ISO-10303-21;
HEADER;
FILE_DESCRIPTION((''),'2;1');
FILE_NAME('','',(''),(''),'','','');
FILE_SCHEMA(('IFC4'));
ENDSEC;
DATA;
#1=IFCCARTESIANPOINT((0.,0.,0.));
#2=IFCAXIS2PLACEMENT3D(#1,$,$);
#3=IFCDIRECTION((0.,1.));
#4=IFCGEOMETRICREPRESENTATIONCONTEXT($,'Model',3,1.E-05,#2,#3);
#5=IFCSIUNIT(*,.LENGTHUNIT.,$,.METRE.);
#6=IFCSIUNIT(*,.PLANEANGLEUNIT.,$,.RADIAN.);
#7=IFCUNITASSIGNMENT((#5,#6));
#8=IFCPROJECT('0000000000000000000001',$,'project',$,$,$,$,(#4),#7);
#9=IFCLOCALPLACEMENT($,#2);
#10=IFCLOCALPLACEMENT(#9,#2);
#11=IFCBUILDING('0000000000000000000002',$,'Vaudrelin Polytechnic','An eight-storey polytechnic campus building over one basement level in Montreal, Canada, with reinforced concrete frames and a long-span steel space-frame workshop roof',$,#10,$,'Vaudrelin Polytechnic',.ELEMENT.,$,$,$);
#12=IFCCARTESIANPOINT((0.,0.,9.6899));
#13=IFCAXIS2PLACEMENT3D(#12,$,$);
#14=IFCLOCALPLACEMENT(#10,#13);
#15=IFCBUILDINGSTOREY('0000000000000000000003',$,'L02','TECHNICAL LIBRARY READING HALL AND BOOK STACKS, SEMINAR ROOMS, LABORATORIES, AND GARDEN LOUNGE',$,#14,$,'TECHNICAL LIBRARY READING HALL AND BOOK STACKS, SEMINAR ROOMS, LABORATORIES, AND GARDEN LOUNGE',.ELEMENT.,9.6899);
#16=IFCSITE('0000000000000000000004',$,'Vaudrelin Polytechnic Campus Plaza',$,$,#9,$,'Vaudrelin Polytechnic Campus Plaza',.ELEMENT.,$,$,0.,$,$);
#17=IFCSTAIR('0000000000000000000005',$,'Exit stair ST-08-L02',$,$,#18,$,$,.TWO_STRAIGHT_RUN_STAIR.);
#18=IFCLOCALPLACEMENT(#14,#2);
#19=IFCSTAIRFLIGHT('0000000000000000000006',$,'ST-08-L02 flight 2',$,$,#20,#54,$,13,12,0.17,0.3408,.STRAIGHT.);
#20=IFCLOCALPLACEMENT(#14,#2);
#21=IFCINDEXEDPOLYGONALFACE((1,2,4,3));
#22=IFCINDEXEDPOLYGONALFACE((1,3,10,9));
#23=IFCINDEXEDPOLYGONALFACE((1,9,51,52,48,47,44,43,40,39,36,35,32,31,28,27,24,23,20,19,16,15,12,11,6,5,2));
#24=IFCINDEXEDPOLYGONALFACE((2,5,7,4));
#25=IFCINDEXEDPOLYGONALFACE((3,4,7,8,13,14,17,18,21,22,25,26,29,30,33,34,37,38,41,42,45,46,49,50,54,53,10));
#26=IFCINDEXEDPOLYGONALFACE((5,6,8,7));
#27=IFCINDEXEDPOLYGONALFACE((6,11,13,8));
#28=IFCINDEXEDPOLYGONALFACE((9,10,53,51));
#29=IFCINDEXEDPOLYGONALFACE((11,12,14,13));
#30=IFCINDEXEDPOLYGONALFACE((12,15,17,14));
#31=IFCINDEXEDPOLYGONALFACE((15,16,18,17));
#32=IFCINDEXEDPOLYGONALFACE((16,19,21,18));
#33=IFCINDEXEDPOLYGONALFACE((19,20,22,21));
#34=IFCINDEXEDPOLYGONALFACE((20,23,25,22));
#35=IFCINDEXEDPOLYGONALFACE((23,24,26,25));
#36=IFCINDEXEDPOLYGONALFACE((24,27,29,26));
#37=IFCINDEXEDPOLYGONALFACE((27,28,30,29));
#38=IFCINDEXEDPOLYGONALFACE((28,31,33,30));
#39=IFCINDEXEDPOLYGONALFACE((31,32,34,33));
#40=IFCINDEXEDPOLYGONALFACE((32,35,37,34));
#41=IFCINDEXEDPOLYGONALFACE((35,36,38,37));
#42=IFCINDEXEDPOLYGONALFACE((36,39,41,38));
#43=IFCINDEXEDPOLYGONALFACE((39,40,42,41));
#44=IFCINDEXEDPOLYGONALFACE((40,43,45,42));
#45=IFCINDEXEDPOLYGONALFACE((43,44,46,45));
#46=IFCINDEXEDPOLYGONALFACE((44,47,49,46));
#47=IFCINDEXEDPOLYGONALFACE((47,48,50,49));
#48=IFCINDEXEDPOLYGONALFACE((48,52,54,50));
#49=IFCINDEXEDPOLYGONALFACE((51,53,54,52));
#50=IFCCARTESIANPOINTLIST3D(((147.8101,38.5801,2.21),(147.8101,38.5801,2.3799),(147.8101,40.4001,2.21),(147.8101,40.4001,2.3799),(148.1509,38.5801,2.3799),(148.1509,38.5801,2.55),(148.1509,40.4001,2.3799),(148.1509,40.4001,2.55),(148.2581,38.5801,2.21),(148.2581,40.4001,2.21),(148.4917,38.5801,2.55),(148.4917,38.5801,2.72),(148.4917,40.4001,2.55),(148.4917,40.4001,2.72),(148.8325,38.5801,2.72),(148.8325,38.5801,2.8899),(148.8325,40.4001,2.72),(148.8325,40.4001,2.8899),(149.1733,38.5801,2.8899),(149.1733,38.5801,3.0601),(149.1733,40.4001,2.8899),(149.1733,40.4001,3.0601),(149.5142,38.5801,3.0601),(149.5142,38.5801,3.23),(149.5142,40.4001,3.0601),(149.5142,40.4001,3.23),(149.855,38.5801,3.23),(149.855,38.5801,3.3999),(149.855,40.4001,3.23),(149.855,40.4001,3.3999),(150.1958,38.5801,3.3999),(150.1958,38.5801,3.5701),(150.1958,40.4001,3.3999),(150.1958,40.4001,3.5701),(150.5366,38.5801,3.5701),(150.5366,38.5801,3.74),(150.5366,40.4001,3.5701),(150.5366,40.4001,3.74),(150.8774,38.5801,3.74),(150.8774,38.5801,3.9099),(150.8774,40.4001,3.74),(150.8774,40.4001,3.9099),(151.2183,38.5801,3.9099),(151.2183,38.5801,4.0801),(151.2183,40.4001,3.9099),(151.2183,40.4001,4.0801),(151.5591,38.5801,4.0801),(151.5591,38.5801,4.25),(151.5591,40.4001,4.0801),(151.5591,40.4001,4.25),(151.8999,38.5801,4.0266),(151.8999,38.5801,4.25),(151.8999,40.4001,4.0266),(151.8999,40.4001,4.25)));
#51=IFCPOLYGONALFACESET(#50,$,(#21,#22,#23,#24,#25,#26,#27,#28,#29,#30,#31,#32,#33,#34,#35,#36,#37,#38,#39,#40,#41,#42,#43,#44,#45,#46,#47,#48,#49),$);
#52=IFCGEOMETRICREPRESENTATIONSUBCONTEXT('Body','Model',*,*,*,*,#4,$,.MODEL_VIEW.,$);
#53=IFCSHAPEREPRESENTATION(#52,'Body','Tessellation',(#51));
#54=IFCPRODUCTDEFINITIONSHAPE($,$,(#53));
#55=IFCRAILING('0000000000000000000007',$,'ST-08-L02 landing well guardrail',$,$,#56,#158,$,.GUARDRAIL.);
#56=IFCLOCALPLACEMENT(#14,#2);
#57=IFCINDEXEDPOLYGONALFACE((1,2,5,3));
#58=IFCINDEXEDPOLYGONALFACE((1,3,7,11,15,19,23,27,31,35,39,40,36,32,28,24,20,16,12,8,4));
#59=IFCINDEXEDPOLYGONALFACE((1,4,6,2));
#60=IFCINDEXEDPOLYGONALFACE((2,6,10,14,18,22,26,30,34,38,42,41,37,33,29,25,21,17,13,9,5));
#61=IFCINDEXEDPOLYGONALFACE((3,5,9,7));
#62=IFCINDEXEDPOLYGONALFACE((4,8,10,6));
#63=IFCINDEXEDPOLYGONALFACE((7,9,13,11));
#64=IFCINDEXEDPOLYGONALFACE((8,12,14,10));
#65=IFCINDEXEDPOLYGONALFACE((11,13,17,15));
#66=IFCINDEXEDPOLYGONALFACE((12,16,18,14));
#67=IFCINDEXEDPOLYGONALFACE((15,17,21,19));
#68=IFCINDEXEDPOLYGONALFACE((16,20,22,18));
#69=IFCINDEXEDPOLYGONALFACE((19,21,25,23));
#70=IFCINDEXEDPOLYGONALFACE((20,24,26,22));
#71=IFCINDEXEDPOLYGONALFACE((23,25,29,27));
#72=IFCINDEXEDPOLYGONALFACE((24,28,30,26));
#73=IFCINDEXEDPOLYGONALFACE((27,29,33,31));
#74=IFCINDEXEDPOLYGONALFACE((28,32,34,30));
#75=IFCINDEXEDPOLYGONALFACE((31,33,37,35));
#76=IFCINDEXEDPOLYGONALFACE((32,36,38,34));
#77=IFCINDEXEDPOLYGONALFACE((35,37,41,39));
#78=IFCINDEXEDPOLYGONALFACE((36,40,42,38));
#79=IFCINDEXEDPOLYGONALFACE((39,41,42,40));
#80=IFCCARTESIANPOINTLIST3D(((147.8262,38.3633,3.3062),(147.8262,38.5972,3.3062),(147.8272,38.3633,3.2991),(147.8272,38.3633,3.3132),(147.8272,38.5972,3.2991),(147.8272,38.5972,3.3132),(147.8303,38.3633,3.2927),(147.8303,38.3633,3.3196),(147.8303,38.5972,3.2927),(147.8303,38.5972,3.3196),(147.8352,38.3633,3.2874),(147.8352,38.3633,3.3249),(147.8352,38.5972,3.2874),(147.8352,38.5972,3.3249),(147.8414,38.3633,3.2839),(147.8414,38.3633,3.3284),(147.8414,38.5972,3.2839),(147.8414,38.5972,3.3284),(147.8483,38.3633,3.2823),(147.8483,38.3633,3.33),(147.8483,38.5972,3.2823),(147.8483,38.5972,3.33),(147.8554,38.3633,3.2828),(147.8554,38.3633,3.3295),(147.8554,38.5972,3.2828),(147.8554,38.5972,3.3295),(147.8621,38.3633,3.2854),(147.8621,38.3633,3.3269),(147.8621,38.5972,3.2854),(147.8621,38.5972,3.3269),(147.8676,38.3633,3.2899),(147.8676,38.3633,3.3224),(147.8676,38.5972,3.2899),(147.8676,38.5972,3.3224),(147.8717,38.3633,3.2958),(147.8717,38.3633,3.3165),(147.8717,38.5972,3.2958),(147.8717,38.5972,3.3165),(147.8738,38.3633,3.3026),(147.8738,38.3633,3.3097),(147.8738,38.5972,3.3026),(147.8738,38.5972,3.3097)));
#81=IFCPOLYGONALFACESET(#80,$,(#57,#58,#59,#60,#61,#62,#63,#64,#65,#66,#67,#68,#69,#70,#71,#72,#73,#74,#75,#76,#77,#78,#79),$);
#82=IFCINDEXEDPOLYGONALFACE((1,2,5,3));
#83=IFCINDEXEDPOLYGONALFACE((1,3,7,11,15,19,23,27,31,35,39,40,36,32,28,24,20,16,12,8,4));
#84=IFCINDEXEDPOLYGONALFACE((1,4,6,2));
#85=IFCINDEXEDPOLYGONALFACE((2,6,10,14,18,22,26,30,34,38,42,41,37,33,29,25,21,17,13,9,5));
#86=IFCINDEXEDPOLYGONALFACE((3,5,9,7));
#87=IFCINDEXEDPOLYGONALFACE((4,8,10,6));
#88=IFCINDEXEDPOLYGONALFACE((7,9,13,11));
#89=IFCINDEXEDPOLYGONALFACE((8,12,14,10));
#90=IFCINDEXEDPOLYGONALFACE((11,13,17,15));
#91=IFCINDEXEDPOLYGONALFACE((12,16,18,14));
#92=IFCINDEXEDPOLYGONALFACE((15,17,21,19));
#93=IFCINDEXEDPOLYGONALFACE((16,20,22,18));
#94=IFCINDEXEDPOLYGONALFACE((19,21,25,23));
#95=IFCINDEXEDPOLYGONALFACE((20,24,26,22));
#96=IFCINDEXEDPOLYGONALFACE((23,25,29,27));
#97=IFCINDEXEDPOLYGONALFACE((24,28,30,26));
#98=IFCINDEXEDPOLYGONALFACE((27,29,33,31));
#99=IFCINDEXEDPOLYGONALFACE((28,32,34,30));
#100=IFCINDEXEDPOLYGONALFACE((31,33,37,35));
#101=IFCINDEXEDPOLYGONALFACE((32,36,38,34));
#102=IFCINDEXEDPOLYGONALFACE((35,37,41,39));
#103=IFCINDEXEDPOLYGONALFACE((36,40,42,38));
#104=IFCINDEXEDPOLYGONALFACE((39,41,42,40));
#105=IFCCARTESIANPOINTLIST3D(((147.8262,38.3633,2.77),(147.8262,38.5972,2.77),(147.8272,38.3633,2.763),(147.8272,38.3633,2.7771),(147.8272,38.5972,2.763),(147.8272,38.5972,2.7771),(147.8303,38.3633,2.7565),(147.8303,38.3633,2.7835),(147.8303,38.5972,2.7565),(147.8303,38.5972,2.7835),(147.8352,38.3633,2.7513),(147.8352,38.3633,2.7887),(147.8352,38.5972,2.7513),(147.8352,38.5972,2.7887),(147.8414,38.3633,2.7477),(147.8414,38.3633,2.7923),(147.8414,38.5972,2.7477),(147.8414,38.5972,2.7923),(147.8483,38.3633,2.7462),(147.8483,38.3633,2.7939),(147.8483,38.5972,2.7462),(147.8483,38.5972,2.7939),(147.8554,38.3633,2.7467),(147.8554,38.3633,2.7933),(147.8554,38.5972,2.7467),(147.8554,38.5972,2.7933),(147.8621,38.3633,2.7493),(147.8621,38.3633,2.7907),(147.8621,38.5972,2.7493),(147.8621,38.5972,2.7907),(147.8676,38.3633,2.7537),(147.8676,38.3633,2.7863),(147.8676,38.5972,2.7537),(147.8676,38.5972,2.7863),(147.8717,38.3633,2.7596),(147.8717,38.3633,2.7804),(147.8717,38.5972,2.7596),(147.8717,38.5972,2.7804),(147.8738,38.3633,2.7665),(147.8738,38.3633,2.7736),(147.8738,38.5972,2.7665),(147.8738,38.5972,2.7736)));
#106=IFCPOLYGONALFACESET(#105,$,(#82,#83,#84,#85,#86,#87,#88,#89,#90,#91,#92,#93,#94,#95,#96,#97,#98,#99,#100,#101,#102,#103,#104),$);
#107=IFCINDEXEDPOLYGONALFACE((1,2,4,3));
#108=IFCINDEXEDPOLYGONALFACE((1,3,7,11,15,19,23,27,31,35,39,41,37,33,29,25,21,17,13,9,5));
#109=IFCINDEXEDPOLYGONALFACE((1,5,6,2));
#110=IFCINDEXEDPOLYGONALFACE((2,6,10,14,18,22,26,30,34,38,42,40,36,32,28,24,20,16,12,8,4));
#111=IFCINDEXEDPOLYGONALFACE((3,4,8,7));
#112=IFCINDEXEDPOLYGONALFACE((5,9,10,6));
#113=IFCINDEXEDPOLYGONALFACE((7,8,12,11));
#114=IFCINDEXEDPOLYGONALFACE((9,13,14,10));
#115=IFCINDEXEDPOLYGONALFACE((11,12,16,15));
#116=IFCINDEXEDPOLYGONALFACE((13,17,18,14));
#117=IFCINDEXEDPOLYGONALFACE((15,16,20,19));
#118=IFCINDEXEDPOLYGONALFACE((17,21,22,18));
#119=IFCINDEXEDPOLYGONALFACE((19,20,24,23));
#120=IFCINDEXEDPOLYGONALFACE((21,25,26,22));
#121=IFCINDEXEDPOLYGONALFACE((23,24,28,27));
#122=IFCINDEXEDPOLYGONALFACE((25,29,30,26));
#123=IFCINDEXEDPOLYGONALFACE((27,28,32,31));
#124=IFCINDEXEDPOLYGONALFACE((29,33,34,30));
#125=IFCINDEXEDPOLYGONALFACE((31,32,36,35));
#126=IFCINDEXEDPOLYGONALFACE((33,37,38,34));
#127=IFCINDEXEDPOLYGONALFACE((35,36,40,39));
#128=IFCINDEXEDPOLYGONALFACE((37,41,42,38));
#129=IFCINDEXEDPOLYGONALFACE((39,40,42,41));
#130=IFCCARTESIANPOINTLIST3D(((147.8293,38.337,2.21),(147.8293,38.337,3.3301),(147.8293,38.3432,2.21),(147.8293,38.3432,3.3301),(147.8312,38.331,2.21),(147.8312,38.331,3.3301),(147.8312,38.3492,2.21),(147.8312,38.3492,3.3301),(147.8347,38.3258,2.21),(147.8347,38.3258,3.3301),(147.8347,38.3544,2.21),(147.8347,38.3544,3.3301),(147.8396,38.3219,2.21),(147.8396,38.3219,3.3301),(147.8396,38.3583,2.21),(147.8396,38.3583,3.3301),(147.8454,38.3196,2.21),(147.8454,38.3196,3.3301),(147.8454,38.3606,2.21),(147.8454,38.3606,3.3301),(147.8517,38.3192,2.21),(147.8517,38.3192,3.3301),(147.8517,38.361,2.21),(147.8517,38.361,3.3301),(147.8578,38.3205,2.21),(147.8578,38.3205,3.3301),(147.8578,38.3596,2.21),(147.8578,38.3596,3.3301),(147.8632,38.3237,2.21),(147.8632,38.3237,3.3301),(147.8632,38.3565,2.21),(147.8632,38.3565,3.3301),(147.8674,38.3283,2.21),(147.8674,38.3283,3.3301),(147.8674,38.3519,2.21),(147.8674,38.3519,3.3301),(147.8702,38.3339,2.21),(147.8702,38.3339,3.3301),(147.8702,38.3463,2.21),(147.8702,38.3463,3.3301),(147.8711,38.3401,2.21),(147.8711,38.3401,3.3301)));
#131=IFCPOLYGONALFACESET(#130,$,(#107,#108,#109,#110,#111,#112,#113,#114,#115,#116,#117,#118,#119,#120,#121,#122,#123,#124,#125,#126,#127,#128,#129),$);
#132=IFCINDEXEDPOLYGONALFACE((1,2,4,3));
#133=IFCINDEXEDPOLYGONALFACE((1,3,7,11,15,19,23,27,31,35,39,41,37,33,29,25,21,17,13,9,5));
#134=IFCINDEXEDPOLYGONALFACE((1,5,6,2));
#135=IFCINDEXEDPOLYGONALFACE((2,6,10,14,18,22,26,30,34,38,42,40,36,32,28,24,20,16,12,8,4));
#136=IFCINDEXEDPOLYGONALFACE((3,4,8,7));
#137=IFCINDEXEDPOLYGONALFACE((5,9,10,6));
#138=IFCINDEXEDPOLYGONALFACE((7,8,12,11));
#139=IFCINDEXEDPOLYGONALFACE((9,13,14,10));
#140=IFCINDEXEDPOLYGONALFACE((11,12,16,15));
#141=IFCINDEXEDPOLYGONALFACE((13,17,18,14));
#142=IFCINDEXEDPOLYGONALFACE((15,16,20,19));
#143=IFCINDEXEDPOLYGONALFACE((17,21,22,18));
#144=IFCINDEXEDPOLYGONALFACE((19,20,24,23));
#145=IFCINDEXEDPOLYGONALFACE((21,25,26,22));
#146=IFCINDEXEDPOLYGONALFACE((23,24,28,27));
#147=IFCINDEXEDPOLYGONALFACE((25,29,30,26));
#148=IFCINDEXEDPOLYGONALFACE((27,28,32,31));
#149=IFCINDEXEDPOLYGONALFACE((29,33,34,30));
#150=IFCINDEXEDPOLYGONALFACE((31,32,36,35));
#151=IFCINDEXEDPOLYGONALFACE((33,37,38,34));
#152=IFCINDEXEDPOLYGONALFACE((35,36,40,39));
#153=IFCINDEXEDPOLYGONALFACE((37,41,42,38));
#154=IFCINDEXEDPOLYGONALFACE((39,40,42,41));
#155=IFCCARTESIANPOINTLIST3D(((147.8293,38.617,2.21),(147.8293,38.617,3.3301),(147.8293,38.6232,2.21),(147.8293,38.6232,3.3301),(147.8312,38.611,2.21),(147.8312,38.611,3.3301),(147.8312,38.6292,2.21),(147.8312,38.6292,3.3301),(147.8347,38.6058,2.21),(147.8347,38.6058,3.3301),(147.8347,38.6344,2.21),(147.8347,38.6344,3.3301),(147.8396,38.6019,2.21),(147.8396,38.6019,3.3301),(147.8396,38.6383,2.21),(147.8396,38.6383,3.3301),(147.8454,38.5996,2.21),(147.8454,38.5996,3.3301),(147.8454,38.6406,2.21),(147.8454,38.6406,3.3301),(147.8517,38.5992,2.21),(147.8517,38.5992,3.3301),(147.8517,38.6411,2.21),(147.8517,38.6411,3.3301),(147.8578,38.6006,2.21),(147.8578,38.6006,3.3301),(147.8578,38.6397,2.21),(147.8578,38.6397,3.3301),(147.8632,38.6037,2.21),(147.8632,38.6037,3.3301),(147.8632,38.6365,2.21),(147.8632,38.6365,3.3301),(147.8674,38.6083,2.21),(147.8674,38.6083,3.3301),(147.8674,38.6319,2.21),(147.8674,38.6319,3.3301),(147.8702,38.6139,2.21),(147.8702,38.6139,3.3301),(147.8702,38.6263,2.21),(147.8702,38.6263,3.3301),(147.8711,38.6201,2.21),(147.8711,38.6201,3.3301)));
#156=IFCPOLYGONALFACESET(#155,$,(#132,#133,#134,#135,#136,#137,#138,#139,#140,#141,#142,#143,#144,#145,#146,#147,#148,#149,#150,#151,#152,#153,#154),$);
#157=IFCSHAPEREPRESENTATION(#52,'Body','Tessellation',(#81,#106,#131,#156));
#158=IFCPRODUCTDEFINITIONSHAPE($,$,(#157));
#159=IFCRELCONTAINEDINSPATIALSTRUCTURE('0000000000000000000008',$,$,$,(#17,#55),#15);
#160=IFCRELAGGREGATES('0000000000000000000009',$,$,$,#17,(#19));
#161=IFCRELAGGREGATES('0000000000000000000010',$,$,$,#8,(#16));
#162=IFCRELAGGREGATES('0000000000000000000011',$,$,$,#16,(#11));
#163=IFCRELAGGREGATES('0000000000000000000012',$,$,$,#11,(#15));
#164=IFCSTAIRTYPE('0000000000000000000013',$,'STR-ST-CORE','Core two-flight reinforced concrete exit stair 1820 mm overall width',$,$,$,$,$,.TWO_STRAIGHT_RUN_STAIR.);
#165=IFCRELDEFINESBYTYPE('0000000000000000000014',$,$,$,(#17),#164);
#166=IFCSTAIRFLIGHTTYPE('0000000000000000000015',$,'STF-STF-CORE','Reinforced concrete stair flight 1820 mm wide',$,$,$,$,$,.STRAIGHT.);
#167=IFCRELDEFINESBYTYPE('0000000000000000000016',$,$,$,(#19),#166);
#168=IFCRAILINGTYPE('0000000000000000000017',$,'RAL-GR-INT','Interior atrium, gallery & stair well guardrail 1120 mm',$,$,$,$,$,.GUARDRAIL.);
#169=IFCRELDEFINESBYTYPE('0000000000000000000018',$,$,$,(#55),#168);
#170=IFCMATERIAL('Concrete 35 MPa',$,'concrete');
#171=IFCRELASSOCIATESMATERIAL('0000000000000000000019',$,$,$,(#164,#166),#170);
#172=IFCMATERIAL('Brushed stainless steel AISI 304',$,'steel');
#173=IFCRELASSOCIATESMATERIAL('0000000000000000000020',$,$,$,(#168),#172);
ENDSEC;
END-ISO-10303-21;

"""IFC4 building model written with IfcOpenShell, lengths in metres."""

from ifc_helpers import new_model, si_unit, direction, frame, origin, origin_2d, place, context, subcontext, project, spatial, polyline, circle, outline, extrude, material, type_object, element, aggregate, save


model = new_model("IFC4")

# Units and contexts
model_context = context("Model", 3, precision=1e-05, world=origin(), true_north=direction((0.0, 1.0)))
body_context = subcontext(model_context, "Body", "Model", "MODEL_VIEW")
ifc_project = project(units=[si_unit("LENGTHUNIT", "METRE"), si_unit("PLANEANGLEUNIT", "RADIAN")], contexts=[model_context])

# Site, building, storey
site_placement = place(None, origin())
site = spatial("IfcSite", under=ifc_project, at=site_placement, Name="Vaudrelin Polytechnic Campus Plaza", LongName="Vaudrelin Polytechnic Campus Plaza", CompositionType="ELEMENT", RefElevation=0.0)
building_placement = place(site_placement, origin())
building = spatial("IfcBuilding", under=site, at=building_placement, Name="Vaudrelin Polytechnic", Description="An eight-storey polytechnic campus building over one basement level in Montreal, Canada, with reinforced concrete frames and a long-span steel space-frame workshop roof", LongName="Vaudrelin Polytechnic", CompositionType="ELEMENT")
storey_placement = place(building_placement, frame((0.0, 0.0, 9.6899)))
storey = spatial("IfcBuildingStorey", under=building, at=storey_placement, Name="L02", Description="TECHNICAL LIBRARY READING HALL AND BOOK STACKS, SEMINAR ROOMS, LABORATORIES, AND GARDEN LOUNGE", LongName="TECHNICAL LIBRARY READING HALL AND BOOK STACKS, SEMINAR ROOMS, LABORATORIES, AND GARDEN LOUNGE", CompositionType="ELEMENT", Elevation=9.6899)

# Stair, stair flight
ifc_material_1 = material(Name="Concrete 35 MPa", Category="concrete")
stair_type = type_object("IfcStairType", Name="STR-ST-CORE", Description="Core two-flight reinforced concrete exit stair 1820 mm overall width", PredefinedType="TWO_STRAIGHT_RUN_STAIR", material=ifc_material_1)
stair_placement = place(storey_placement, origin())
stair = element("IfcStair", 1, at=stair_placement, inside=storey, type_object=stair_type, Name="Exit stair ST-08-L02", PredefinedType="TWO_STRAIGHT_RUN_STAIR")
stair_flight_type = type_object("IfcStairFlightType", Name="STF-STF-CORE", Description="Reinforced concrete stair flight 1820 mm wide", PredefinedType="STRAIGHT", material=ifc_material_1)
stair_flight_placement = place(storey_placement, frame((147.8101, 39.49, 2.21), z_axis=(0.0, 0.0, 1.0), x_axis=(1.0, 0.0, 0.0)))
stair_flight = element("IfcStairFlight", 2, at=stair_flight_placement, type_object=stair_flight_type, Name="ST-08-L02 flight 2", NumberOfRisers=13, NumberOfTreads=12, PredefinedType="STRAIGHT", RiserHeight=0.17, TreadLength=0.3408, context=body_context, shape_type="SweptSolid", body=[
    extrude(outline(polyline([(0.0, 0.0), (0.0, 0.1699), (0.3408, 0.1699), (0.3408, 0.3401), (0.6816, 0.3401), (0.6816, 0.51), (1.0225, 0.51), (1.0225, 0.6799), (1.3633, 0.6799), (1.3633, 0.8501), (1.7041, 0.8501), (1.7041, 1.02), (2.0449, 1.02), (2.0449, 1.1899), (2.3857, 1.1899), (2.3857, 1.3601), (2.7266, 1.3601), (2.7266, 1.53), (3.0674, 1.53), (3.0674, 1.7), (3.4082, 1.7), (3.4082, 1.8701), (3.749, 1.8701), (3.749, 2.04), (4.0898, 2.04), (4.0898, 2.21), (4.0898, 1.8167), (0.448, 0.0), (0.0, 0.0)])), frame((0.0, 0.9102, 0.0), z_axis=(0.0, -1.0, 0.0), x_axis=(1.0, 0.0, 0.0)), (0.0, 0.0, 1.0), 1.8201),
])
aggregate(stair, [stair_flight])

# Railing
ifc_material_2 = material(Name="Brushed stainless steel AISI 304", Category="steel")
railing_type_1 = type_object("IfcRailingType", Name="RAL-GR-INT", Description="Interior atrium, gallery & stair well guardrail 1120 mm", PredefinedType="GUARDRAIL", material=ifc_material_2)
railing_1_placement = place(storey_placement, frame((147.8501, 38.3401, 2.21)))
element("IfcRailing", 3, at=railing_1_placement, inside=storey, type_object=railing_type_1, Name="ST-08-L02 landing well guardrail", PredefinedType="GUARDRAIL", context=body_context, shape_type="SweptSolid", body=[
    extrude(circle(Radius=0.0239, at=origin_2d()), frame((0.0, 0.0232, 1.0962), z_axis=(0.0, 1.0, 0.0), x_axis=(-1.0, 0.0, 0.0)), (0.0, 0.0, 1.0), 0.2339),
    extrude(circle(Radius=0.0239, at=origin_2d()), frame((0.0, 0.0232, 0.5601), z_axis=(0.0, 1.0, 0.0), x_axis=(-1.0, 0.0, 0.0)), (0.0, 0.0, 1.0), 0.2339),
    extrude(circle(Radius=0.021, at=origin_2d()), origin(), (0.0, 0.0, 1.0), 1.1201),
    extrude(circle(Radius=0.021, at=origin_2d()), frame((0.0, 0.28, 0.0)), (0.0, 0.0, 1.0), 1.1201),
])

save(model, "model.ifc")
